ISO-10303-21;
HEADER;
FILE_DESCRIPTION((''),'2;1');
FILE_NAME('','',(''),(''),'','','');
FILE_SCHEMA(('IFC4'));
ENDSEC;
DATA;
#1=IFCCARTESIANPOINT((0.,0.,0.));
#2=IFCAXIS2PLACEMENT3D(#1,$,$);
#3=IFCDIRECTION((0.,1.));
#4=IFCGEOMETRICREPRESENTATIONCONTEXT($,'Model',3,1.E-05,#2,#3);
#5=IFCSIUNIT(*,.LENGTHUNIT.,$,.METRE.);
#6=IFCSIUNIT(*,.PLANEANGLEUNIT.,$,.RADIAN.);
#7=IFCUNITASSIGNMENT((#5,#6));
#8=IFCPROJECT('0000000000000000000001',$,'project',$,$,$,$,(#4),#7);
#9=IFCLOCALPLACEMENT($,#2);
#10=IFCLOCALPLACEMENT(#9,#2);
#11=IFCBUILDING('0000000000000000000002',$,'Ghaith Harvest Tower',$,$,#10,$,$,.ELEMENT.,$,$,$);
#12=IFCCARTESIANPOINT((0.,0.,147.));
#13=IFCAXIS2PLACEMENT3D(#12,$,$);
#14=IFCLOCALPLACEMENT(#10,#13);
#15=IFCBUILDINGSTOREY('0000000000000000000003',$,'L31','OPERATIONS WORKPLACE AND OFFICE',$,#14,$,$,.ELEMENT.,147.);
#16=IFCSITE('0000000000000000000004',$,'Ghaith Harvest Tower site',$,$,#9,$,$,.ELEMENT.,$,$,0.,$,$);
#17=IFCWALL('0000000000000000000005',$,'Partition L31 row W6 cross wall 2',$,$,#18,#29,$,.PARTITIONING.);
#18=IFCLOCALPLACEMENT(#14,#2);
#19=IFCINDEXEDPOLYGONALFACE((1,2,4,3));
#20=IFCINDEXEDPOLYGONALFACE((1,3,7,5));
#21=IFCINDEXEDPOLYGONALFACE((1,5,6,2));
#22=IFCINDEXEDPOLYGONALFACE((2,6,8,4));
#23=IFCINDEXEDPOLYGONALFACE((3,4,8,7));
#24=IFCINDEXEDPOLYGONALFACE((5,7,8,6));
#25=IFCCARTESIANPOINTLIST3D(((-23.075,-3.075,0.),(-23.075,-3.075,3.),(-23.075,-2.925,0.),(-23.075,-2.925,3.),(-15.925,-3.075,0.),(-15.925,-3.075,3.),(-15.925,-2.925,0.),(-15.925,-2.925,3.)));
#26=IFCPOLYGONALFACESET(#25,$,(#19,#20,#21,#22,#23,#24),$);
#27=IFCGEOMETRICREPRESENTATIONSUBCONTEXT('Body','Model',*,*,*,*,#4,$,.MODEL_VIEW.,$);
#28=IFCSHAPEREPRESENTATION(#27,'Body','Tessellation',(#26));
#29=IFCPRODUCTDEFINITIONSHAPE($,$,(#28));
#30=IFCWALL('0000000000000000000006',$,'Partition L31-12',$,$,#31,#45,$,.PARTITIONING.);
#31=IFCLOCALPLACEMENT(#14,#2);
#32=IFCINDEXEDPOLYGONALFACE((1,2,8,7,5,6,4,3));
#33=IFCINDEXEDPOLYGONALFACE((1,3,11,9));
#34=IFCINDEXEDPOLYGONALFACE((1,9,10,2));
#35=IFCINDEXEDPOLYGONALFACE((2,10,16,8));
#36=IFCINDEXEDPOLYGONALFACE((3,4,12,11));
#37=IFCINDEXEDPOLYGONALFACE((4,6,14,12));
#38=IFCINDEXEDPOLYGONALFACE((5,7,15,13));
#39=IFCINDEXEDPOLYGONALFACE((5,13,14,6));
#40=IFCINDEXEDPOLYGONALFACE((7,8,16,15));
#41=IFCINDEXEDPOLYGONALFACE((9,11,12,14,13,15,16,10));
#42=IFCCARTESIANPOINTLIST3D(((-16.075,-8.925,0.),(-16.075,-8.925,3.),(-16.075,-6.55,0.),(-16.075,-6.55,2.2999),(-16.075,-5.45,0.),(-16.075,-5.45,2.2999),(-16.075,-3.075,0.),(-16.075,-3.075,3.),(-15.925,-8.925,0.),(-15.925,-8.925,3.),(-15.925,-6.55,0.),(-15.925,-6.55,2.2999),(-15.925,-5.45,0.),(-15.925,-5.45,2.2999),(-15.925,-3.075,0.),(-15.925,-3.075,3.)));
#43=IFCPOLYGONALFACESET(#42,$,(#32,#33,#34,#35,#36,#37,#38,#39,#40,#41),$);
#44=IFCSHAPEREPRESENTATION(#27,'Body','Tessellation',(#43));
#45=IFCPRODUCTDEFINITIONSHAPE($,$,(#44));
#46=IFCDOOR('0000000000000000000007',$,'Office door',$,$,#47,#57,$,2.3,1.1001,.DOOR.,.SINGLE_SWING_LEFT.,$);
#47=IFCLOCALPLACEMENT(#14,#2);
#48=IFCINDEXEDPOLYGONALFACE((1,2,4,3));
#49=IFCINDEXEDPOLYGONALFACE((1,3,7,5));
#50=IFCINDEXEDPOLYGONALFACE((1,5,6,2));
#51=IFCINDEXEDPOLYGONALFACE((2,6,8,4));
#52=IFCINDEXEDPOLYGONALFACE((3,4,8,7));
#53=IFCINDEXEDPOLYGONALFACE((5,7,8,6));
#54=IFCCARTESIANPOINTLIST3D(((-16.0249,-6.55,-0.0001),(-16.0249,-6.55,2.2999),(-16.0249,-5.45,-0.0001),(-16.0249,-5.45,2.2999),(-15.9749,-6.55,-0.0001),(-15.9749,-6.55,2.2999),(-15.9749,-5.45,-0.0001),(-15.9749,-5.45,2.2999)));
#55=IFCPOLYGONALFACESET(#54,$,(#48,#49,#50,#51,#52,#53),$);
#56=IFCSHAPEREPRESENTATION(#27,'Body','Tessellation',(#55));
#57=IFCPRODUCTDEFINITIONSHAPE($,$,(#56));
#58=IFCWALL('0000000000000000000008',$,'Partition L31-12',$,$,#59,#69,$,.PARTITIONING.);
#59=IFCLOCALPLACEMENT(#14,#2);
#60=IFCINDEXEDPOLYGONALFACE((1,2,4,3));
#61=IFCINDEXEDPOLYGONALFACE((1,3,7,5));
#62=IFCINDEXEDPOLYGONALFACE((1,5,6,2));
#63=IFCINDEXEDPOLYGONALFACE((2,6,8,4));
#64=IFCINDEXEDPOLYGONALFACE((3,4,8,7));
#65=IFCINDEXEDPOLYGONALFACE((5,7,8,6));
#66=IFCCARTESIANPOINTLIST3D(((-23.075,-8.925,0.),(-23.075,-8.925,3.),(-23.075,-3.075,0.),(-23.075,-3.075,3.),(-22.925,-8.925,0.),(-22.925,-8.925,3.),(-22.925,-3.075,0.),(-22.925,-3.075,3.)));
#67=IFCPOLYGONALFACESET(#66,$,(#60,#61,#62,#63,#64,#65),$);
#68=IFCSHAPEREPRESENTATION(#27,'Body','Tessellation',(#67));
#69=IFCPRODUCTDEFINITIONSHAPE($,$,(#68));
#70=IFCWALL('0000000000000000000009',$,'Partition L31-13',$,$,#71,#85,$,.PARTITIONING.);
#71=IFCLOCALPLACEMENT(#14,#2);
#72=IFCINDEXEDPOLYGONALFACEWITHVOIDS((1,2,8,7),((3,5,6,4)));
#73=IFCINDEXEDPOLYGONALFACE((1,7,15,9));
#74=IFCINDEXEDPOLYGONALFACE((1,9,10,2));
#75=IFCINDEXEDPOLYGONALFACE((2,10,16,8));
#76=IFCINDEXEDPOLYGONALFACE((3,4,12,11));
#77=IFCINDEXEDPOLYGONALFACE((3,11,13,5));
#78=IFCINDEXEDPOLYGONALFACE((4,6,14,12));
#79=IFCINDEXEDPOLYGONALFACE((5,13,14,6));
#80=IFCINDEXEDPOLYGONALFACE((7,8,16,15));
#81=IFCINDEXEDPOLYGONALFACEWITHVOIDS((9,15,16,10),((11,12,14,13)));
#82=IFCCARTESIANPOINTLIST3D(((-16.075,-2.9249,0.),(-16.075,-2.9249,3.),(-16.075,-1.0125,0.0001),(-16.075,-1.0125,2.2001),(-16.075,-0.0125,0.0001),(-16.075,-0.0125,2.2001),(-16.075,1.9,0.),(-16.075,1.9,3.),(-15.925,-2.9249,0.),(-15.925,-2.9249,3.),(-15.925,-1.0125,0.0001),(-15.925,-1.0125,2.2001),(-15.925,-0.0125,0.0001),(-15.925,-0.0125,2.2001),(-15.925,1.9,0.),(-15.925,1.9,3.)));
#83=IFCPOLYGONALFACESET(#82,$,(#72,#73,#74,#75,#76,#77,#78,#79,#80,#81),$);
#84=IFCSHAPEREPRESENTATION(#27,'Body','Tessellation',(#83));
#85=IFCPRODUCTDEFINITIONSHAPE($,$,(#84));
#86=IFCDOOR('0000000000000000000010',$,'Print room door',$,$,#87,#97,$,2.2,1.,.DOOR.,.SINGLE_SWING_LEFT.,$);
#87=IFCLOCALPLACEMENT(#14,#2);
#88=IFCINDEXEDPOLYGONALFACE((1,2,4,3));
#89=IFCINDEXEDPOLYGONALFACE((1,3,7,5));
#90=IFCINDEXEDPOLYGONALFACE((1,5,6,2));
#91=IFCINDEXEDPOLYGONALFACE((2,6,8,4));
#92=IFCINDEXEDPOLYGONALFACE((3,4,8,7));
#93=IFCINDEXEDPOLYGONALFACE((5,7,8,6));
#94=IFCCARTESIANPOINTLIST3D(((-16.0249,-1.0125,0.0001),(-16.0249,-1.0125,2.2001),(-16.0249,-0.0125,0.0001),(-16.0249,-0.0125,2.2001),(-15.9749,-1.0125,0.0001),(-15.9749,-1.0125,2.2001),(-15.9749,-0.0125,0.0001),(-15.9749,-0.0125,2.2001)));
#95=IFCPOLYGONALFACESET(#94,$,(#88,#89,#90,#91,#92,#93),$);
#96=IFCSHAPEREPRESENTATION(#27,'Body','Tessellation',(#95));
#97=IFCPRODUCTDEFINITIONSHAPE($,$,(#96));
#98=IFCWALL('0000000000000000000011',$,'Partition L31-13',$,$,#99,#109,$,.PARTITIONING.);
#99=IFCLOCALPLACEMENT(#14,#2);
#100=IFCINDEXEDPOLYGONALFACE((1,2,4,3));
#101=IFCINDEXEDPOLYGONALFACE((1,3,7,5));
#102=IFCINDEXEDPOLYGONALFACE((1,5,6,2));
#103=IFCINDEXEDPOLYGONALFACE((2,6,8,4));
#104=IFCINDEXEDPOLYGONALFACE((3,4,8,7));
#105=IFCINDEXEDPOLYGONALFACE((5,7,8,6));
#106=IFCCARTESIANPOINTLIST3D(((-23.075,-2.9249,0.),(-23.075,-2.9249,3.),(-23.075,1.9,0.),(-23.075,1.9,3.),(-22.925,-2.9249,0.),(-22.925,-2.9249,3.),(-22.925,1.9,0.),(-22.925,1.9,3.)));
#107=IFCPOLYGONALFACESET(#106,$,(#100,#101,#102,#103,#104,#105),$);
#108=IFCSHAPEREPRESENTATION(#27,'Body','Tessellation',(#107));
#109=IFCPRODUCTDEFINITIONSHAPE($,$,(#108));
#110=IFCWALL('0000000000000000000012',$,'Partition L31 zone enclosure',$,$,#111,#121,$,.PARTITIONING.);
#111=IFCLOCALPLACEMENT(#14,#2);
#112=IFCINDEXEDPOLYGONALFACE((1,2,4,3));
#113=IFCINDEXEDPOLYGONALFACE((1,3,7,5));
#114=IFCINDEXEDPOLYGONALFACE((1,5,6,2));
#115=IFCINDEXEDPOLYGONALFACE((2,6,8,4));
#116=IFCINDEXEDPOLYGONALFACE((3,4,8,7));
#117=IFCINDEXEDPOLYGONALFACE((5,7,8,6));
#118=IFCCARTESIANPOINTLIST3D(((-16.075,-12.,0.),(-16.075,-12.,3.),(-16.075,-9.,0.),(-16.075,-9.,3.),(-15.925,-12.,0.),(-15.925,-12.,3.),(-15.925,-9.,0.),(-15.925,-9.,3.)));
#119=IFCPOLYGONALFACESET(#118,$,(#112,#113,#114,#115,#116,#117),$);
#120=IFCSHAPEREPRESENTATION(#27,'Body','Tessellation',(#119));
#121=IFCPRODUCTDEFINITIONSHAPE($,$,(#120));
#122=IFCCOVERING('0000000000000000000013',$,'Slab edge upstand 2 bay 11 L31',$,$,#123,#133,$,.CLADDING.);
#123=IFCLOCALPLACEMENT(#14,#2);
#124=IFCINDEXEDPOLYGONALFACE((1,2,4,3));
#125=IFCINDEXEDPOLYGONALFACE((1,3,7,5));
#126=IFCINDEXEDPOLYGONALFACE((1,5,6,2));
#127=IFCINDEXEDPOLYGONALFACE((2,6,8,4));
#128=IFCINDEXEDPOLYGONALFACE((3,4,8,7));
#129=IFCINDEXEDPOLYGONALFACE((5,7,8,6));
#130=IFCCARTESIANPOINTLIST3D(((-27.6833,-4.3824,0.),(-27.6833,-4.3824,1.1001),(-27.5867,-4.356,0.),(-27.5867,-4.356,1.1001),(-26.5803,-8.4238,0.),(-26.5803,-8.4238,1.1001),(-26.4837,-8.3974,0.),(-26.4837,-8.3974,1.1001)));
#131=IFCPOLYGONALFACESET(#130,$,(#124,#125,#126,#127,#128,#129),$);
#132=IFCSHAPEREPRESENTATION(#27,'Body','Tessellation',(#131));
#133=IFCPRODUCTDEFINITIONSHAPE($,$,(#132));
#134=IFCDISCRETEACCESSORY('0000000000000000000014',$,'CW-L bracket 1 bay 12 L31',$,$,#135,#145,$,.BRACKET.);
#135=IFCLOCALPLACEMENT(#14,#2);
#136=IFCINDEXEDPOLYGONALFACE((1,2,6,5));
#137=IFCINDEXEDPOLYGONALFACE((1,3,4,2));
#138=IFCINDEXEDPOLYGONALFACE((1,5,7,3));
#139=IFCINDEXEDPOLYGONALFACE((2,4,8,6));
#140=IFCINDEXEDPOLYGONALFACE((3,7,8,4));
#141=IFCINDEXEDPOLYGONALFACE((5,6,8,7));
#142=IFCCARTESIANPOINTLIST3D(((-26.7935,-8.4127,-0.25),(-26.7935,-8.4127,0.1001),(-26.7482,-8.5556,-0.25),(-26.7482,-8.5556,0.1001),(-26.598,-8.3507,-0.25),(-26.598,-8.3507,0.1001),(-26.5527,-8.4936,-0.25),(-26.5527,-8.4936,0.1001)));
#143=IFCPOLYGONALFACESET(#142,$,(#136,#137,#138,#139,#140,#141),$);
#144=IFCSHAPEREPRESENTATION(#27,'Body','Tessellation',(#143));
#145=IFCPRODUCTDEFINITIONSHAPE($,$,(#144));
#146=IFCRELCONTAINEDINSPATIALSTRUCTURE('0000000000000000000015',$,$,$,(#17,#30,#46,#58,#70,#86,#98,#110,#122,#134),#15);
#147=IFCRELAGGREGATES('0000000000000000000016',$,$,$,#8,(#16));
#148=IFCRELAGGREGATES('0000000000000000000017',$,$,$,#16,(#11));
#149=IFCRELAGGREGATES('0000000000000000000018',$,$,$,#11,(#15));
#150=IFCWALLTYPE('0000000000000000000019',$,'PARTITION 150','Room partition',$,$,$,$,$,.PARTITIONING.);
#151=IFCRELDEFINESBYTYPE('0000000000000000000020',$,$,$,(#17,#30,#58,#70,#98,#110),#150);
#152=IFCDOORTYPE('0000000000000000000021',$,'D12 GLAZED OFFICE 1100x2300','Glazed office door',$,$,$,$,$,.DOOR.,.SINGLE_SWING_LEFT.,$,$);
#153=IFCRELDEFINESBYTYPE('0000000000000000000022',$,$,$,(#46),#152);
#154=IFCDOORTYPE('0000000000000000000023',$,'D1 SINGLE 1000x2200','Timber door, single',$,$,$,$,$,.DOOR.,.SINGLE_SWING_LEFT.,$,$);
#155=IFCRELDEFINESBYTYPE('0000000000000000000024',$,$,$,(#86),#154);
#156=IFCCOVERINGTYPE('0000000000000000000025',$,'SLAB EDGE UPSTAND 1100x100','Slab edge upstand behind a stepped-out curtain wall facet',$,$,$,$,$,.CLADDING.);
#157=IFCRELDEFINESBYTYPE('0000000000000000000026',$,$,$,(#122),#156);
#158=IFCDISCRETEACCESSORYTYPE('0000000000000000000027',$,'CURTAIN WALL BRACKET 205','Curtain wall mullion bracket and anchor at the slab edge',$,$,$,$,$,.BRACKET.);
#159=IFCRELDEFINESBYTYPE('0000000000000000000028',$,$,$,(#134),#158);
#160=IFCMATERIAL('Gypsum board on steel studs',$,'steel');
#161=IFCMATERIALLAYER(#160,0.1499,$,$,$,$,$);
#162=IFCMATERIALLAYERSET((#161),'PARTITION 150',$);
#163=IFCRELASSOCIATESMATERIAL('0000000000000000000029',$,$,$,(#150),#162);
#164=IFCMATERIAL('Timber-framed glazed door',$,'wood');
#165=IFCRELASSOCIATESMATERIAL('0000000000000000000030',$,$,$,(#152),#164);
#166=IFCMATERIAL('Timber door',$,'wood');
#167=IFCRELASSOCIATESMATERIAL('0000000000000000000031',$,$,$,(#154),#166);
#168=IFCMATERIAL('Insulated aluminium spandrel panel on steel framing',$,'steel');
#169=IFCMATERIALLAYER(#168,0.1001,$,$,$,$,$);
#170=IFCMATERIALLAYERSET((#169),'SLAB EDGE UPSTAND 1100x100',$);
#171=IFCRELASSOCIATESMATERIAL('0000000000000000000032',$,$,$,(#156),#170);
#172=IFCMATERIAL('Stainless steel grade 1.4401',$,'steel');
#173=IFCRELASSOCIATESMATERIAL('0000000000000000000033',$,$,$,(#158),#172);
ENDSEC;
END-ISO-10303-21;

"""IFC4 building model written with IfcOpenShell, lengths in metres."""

from ifc_helpers import new_model, si_unit, direction, frame, frame_2d, origin, origin_2d, place, context, subcontext, project, spatial, rectangle, extrude, material, layer, layer_set, type_object, element, fill, save


model = new_model("IFC4")

# Units and contexts
model_context = context("Model", 3, precision=1e-05, world=origin(), true_north=direction((0.0, 1.0)))
body_context = subcontext(model_context, "Body", "Model", "MODEL_VIEW")
ifc_project = project(units=[si_unit("LENGTHUNIT", "METRE"), si_unit("PLANEANGLEUNIT", "RADIAN")], contexts=[model_context])

# Site, building, storey
site_placement = place(None, origin())
site = spatial("IfcSite", under=ifc_project, at=site_placement, Name="Ghaith Harvest Tower site", CompositionType="ELEMENT", RefElevation=0.0)
building_placement = place(site_placement, origin())
building = spatial("IfcBuilding", under=site, at=building_placement, Name="Ghaith Harvest Tower", CompositionType="ELEMENT")
storey_placement = place(building_placement, frame((0.0, 0.0, 147.0)))
storey = spatial("IfcBuildingStorey", under=building, at=storey_placement, Name="L31", Description="OPERATIONS WORKPLACE AND OFFICE", CompositionType="ELEMENT", Elevation=147.0)

# Wall
ifc_material_1 = material(Name="Gypsum board on steel studs", Category="steel")
ifc_layer_1 = layer(ifc_material_1, 0.1499)
ifc_layer_set_1 = layer_set([ifc_layer_1], Name="PARTITION 150")
wall_type = type_object("IfcWallType", Name="PARTITION 150", Description="Room partition", PredefinedType="PARTITIONING", material=ifc_layer_set_1)
for number, where, z_axis, x_axis, name in (
    (1, (-15.925, -3.0, 0.0), (0.0, 0.0, 1.0), (-1.0, 0.0, 0.0), "Partition L31 row W6 cross wall 2"),
):
    element("IfcWall", number, at=place(storey_placement, frame(where, z_axis=z_axis, x_axis=x_axis)), inside=storey, type_object=wall_type, Name=name, PredefinedType="PARTITIONING", context=body_context, shape_type="SweptSolid", body=[
        extrude(rectangle(XDim=7.1499, YDim=0.1499, at=frame_2d((3.575, 0.0))), origin(), (0.0, 0.0, 1.0), 3.0),
    ])

# Wall, opening, door
wall_1_placement = place(storey_placement, frame((-16.0, -8.925, 0.0), z_axis=(0.0, 0.0, 1.0), x_axis=(0.0, 1.0, 0.0)))
wall_1 = element("IfcWall", 2, at=wall_1_placement, inside=storey, type_object=wall_type, Name="Partition L31-12", PredefinedType="PARTITIONING", context=body_context, shape_type="SweptSolid", body=[
    extrude(rectangle(XDim=5.8501, YDim=0.1499, at=frame_2d((2.925, 0.0))), origin(), (0.0, 0.0, 1.0), 3.0),
])
opening_1_placement = place(wall_1_placement, frame((2.375, 0.0, 0.0)))
opening_1 = element("IfcOpeningElement", 3, at=opening_1_placement, cuts=wall_1, PredefinedType="OPENING", context=body_context, shape_type="SweptSolid", body=[
    extrude(rectangle(XDim=1.1001, YDim=2.3, at=frame_2d((0.55, 1.1499))), frame((0.0, 0.085, 0.0), z_axis=(0.0, -1.0, 0.0), x_axis=(1.0, 0.0, 0.0)), (0.0, 0.0, 1.0), 0.1699),
])
ifc_material_2 = material(Name="Timber-framed glazed door", Category="wood")
door_type_1 = type_object("IfcDoorType", Name="D12 GLAZED OFFICE 1100x2300", Description="Glazed office door", OperationType="SINGLE_SWING_LEFT", PredefinedType="DOOR", material=ifc_material_2)
door_1_placement = place(opening_1_placement, origin())
door_1 = element("IfcDoor", 4, at=door_1_placement, inside=storey, type_object=door_type_1, Name="Office door", OperationType="SINGLE_SWING_LEFT", OverallHeight=2.3, OverallWidth=1.1001, PredefinedType="DOOR", context=body_context, shape_type="SweptSolid", body=[
    extrude(rectangle(XDim=1.1001, YDim=2.3, at=frame_2d((0.55, 1.1499))), frame((0.0, 0.0249, 0.0), z_axis=(0.0, -1.0, 0.0), x_axis=(1.0, 0.0, 0.0)), (0.0, 0.0, 1.0), 0.05),
])
fill(opening_1, door_1)

# Wall
wall_2_placement = place(storey_placement, frame((-23.0, -8.925, 0.0), z_axis=(0.0, 0.0, 1.0), x_axis=(0.0, 1.0, 0.0)))
element("IfcWall", 5, at=wall_2_placement, inside=storey, type_object=wall_type, Name="Partition L31-12", PredefinedType="PARTITIONING", context=body_context, shape_type="SweptSolid", body=[
    extrude(rectangle(XDim=5.8501, YDim=0.1499, at=frame_2d((2.925, 0.0))), origin(), (0.0, 0.0, 1.0), 3.0),
])

# Wall, opening, door
wall_3_placement = place(storey_placement, frame((-16.0, -2.925, 0.0), z_axis=(0.0, 0.0, 1.0), x_axis=(0.0, 1.0, 0.0)))
wall_3 = element("IfcWall", 6, at=wall_3_placement, inside=storey, type_object=wall_type, Name="Partition L31-13", PredefinedType="PARTITIONING", context=body_context, shape_type="SweptSolid", body=[
    extrude(rectangle(XDim=4.825, YDim=0.1499, at=frame_2d((2.4126, 0.0))), origin(), (0.0, 0.0, 1.0), 3.0),
])
opening_2_placement = place(wall_3_placement, frame((1.9126, 0.0, 0.0)))
opening_2 = element("IfcOpeningElement", 7, at=opening_2_placement, cuts=wall_3, PredefinedType="OPENING", context=body_context, shape_type="SweptSolid", body=[
    extrude(rectangle(XDim=1.0, YDim=2.2, at=frame_2d((0.5, 1.1001))), frame((0.0, 0.085, 0.0), z_axis=(0.0, -1.0, 0.0), x_axis=(1.0, 0.0, 0.0)), (0.0, 0.0, 1.0), 0.1699),
])
ifc_material_3 = material(Name="Timber door", Category="wood")
door_type_2 = type_object("IfcDoorType", Name="D1 SINGLE 1000x2200", Description="Timber door, single", OperationType="SINGLE_SWING_LEFT", PredefinedType="DOOR", material=ifc_material_3)
door_2_placement = place(opening_2_placement, origin())
door_2 = element("IfcDoor", 8, at=door_2_placement, inside=storey, type_object=door_type_2, Name="Print room door", OperationType="SINGLE_SWING_LEFT", OverallHeight=2.2, OverallWidth=1.0, PredefinedType="DOOR", context=body_context, shape_type="SweptSolid", body=[
    extrude(rectangle(XDim=1.0, YDim=2.2, at=frame_2d((0.5, 1.1001))), frame((0.0, 0.0249, 0.0), z_axis=(0.0, -1.0, 0.0), x_axis=(1.0, 0.0, 0.0)), (0.0, 0.0, 1.0), 0.05),
])
fill(opening_2, door_2)

# Walls
wall_4_placement = place(storey_placement, frame((-23.0, -2.925, 0.0), z_axis=(0.0, 0.0, 1.0), x_axis=(0.0, 1.0, 0.0)))
element("IfcWall", 9, at=wall_4_placement, inside=storey, type_object=wall_type, Name="Partition L31-13", PredefinedType="PARTITIONING", context=body_context, shape_type="SweptSolid", body=[
    extrude(rectangle(XDim=4.825, YDim=0.1499, at=frame_2d((2.4126, 0.0))), origin(), (0.0, 0.0, 1.0), 3.0),
])
wall_5_placement = place(storey_placement, frame((-16.0, -9.0, 0.0), z_axis=(0.0, 0.0, 1.0), x_axis=(0.0, -1.0, 0.0)))
element("IfcWall", 10, at=wall_5_placement, inside=storey, type_object=wall_type, Name="Partition L31 zone enclosure", PredefinedType="PARTITIONING", context=body_context, shape_type="SweptSolid", body=[
    extrude(rectangle(XDim=3.0, YDim=0.1499, at=frame_2d((1.5, 0.0))), origin(), (0.0, 0.0, 1.0), 3.0),
])

# Covering
ifc_material_4 = material(Name="Insulated aluminium spandrel panel on steel framing", Category="steel")
ifc_layer_2 = layer(ifc_material_4, 0.1001)
ifc_layer_set_2 = layer_set([ifc_layer_2], Name="SLAB EDGE UPSTAND 1100x100")
covering_type = type_object("IfcCoveringType", Name="SLAB EDGE UPSTAND 1100x100", Description="Slab edge upstand behind a stepped-out curtain wall facet", PredefinedType="CLADDING", material=ifc_layer_set_2)
covering_placement = place(storey_placement, frame((-27.0835, -6.3899, 0.0), z_axis=(0.0, 0.0, 1.0), x_axis=(0.263288, -0.964717, 0.0)))
element("IfcCovering", 11, at=covering_placement, inside=storey, type_object=covering_type, Name="Slab edge upstand 2 bay 11 L31", PredefinedType="CLADDING", context=body_context, shape_type="SweptSolid", body=[
    extrude(rectangle(XDim=4.1892, YDim=0.1001, at=origin_2d()), origin(), (0.0, 0.0, 1.0), 1.1001),
])

# Discrete accessory
ifc_material_5 = material(Name="Stainless steel grade 1.4401", Category="steel")
discrete_accessory_type = type_object("IfcDiscreteAccessoryType", Name="CURTAIN WALL BRACKET 205", Description="Curtain wall mullion bracket and anchor at the slab edge", PredefinedType="BRACKET", material=ifc_material_5)
discrete_accessory_placement = place(storey_placement, frame((-26.6731, -8.4531, -0.25), z_axis=(0.0, 0.0, 1.0), x_axis=(-0.953273, -0.30211, 0.0)))
element("IfcDiscreteAccessory", 12, at=discrete_accessory_placement, inside=storey, type_object=discrete_accessory_type, Name="CW-L bracket 1 bay 12 L31", PredefinedType="BRACKET", context=body_context, shape_type="SweptSolid", body=[
    extrude(rectangle(XDim=0.2051, YDim=0.1499, at=origin_2d()), origin(), (0.0, 0.0, 1.0), 0.3501),
])

save(model, "model.ifc")
